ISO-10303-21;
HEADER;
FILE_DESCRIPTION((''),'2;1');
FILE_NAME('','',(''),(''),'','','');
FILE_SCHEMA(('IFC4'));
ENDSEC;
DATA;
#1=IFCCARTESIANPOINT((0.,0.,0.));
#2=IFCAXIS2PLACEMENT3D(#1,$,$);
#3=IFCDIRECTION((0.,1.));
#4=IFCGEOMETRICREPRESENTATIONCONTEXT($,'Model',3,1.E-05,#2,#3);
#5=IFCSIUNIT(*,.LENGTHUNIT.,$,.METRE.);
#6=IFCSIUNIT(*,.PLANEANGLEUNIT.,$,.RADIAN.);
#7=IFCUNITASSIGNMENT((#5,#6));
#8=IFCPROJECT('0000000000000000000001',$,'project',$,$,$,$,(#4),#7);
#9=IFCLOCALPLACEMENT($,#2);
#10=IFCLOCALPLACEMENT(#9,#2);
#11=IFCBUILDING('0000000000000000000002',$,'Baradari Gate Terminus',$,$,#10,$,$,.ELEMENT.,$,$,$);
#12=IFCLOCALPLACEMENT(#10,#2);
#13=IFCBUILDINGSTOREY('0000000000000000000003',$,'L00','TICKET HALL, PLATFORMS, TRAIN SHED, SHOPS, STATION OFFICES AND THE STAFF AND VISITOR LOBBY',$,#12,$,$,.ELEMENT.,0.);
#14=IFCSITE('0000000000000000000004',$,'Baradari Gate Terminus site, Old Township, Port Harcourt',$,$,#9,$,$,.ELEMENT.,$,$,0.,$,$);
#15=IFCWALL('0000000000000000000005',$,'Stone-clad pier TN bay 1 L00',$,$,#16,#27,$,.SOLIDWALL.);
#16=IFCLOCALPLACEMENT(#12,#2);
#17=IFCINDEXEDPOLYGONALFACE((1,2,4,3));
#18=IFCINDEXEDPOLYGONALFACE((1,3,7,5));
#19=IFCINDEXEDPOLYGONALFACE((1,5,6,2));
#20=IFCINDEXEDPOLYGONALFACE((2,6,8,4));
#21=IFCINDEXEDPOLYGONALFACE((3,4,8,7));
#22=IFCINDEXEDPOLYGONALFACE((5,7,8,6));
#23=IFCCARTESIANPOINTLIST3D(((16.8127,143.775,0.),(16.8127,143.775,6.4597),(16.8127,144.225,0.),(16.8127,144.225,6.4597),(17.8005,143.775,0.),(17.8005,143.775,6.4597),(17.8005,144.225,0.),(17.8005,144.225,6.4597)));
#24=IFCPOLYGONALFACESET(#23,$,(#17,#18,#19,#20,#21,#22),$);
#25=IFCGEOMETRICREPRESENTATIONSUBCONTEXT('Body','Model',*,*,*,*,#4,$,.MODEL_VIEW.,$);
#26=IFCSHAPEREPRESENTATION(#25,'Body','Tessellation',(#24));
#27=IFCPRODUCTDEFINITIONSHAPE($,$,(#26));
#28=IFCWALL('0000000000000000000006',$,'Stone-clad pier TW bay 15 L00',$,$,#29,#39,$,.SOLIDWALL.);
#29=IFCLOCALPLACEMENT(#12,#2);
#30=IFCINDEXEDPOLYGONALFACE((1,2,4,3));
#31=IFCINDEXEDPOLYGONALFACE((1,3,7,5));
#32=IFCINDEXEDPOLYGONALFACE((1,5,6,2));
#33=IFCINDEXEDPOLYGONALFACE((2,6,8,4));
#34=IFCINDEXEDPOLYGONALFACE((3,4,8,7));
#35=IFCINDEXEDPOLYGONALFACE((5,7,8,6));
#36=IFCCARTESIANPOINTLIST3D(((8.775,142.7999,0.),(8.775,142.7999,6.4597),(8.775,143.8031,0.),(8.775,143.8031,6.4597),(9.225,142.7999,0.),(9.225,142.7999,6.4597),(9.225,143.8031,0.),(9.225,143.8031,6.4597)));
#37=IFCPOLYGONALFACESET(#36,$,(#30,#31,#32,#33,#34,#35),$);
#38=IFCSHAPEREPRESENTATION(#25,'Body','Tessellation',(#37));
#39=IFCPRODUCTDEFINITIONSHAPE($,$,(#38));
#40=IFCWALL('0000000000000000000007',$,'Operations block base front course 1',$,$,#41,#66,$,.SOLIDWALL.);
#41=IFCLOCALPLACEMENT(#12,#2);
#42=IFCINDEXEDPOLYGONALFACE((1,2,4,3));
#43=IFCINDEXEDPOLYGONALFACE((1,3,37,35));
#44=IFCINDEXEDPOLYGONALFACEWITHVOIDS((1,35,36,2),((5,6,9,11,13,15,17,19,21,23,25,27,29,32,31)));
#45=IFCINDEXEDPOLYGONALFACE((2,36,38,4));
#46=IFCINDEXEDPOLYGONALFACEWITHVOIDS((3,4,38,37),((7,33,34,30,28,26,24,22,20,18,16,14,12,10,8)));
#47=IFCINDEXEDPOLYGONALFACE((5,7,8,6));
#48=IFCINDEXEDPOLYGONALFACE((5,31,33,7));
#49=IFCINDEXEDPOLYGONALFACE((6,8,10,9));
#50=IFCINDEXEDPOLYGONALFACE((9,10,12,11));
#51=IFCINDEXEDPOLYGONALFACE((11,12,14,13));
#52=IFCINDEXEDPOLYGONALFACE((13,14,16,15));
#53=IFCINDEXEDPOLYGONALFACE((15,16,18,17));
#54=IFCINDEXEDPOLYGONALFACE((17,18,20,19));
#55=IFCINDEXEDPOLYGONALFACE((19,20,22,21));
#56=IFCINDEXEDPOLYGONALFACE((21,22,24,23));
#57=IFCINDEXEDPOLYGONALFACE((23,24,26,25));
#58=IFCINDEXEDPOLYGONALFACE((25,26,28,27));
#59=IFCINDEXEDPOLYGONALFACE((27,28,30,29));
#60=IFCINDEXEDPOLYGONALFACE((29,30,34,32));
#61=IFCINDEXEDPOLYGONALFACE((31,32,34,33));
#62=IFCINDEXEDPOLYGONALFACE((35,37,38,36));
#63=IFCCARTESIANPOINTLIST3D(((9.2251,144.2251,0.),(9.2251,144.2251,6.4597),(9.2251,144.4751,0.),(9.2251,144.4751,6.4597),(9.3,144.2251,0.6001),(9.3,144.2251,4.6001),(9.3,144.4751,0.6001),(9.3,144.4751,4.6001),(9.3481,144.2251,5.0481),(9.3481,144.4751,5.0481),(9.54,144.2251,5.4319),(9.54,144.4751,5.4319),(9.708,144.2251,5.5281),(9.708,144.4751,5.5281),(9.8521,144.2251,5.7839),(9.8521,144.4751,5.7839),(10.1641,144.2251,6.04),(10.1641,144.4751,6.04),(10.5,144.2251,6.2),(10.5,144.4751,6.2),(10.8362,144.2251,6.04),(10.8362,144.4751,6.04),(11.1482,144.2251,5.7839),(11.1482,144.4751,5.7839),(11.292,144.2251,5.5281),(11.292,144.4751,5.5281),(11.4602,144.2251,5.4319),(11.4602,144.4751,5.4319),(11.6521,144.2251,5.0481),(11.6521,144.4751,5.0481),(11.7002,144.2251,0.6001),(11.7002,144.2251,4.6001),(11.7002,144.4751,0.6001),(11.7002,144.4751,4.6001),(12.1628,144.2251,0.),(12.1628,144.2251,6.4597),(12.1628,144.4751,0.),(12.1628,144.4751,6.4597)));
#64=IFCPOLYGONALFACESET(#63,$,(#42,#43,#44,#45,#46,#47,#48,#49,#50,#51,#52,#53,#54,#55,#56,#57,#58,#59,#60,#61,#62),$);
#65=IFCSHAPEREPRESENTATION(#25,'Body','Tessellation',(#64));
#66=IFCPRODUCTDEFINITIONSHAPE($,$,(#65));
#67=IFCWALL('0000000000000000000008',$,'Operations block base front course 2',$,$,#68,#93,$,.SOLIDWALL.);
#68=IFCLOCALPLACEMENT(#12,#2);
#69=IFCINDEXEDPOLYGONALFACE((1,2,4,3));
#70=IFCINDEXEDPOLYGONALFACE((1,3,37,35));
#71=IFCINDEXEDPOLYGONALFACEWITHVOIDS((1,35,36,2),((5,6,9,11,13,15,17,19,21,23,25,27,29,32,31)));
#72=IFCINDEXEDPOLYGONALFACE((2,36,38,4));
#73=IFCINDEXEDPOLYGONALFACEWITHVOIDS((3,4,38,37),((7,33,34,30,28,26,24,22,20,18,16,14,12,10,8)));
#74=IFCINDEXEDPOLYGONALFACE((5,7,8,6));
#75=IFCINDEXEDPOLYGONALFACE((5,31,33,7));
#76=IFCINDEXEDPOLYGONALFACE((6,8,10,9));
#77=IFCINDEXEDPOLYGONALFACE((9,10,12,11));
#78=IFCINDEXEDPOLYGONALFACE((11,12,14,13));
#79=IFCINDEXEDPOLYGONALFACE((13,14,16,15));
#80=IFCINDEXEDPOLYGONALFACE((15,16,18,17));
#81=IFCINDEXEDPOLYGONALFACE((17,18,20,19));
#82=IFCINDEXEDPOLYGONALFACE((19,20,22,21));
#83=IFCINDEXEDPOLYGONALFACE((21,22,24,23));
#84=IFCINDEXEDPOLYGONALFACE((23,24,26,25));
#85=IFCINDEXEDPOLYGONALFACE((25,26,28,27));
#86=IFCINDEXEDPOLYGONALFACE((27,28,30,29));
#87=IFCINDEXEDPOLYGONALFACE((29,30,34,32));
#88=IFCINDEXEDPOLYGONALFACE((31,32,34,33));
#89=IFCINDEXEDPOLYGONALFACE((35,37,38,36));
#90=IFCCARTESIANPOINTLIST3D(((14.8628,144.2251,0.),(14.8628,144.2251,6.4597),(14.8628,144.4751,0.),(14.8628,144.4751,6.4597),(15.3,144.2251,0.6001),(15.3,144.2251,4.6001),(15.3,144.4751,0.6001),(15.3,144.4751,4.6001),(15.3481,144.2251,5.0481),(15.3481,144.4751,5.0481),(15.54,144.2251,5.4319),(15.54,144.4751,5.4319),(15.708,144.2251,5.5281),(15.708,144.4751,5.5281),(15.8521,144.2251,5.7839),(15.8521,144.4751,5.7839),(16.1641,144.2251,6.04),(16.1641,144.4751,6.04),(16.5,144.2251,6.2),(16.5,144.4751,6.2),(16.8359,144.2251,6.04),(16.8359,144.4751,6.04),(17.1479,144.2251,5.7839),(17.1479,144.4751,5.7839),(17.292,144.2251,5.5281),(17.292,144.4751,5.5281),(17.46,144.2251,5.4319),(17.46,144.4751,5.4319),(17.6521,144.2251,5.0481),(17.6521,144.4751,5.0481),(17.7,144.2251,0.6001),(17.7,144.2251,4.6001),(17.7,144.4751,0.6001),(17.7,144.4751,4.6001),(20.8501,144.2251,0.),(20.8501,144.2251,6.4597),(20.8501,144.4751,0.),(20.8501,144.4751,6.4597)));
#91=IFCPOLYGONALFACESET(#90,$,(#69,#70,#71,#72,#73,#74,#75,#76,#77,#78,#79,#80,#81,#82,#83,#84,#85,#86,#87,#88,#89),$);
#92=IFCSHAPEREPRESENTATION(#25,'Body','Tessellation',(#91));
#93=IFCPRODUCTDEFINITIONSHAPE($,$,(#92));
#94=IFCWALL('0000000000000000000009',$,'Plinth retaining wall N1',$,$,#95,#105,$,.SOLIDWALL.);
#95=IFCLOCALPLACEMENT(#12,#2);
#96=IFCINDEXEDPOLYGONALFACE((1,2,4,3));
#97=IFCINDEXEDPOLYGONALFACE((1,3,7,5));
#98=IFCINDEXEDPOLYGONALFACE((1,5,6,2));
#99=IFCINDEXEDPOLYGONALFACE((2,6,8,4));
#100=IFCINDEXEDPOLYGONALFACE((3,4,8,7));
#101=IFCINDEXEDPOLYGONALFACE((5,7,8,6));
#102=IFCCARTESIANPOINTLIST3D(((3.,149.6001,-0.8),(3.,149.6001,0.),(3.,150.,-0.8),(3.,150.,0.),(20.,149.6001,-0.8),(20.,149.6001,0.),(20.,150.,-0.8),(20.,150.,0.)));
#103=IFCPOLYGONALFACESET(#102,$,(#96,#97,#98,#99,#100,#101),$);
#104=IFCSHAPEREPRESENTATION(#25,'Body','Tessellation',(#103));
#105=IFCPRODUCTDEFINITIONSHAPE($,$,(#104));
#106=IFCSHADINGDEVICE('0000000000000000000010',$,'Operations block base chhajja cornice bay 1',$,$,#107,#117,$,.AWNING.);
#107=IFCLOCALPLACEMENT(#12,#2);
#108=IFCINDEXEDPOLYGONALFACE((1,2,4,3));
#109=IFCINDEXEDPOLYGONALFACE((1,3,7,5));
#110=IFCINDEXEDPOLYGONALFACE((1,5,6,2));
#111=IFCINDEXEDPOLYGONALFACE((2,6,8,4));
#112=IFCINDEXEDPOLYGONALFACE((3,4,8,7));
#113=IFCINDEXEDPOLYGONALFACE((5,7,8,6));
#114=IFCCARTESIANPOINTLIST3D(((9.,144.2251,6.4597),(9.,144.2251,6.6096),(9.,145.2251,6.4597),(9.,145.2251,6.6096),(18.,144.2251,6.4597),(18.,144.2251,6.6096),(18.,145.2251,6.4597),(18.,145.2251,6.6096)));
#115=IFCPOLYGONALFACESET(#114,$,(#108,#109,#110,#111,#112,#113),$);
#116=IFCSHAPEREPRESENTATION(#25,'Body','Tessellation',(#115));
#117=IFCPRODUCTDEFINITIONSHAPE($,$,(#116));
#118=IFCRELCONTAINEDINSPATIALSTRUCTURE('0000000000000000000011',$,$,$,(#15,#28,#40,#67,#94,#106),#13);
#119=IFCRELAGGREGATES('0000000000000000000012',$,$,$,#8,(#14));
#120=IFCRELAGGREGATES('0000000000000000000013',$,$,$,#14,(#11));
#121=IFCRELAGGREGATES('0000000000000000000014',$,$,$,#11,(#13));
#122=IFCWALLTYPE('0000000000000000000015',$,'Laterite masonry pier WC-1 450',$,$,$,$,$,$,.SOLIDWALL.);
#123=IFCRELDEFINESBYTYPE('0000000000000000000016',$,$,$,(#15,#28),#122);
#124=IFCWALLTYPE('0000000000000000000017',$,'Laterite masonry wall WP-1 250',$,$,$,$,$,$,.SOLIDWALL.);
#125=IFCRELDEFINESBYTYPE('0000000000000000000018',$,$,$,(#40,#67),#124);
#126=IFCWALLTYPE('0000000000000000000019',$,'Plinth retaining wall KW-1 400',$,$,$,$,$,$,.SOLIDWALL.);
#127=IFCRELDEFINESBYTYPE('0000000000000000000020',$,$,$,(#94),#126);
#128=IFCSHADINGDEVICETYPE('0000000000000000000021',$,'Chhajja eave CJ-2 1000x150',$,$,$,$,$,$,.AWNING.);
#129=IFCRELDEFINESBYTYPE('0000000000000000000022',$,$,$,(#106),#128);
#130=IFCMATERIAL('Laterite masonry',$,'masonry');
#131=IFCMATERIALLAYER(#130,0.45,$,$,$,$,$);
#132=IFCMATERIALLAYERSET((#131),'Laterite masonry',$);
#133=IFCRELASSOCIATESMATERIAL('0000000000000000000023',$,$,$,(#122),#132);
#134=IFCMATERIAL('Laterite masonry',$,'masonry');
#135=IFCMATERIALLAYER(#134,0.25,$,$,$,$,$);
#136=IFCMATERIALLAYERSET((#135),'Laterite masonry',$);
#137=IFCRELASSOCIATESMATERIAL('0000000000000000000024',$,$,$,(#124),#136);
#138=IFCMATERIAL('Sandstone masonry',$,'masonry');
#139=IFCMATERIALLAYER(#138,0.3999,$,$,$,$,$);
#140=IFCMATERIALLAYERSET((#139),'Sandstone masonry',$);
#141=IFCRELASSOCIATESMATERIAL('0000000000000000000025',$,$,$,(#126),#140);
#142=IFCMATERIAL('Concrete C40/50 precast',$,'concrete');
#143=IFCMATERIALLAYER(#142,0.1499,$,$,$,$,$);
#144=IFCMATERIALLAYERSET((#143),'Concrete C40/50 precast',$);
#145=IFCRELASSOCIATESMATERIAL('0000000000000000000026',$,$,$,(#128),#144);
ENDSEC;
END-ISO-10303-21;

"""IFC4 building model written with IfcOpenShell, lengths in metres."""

from ifc_helpers import new_model, si_unit, direction, frame, frame_2d, origin, origin_2d, place, context, subcontext, project, spatial, polyline, rectangle, outline, extrude, material, layer, layer_set, type_object, element, save


model = new_model("IFC4")

# Units and contexts
model_context = context("Model", 3, precision=1e-05, world=origin(), true_north=direction((0.0, 1.0)))
body_context = subcontext(model_context, "Body", "Model", "MODEL_VIEW")
ifc_project = project(units=[si_unit("LENGTHUNIT", "METRE"), si_unit("PLANEANGLEUNIT", "RADIAN")], contexts=[model_context])

# Site, building, storey
site_placement = place(None, origin())
site = spatial("IfcSite", under=ifc_project, at=site_placement, Name="Baradari Gate Terminus site, Old Township, Port Harcourt", CompositionType="ELEMENT", RefElevation=0.0)
building_placement = place(site_placement, origin())
building = spatial("IfcBuilding", under=site, at=building_placement, Name="Baradari Gate Terminus", CompositionType="ELEMENT")
storey_placement = place(building_placement, origin())
storey = spatial("IfcBuildingStorey", under=building, at=storey_placement, Name="L00", Description="TICKET HALL, PLATFORMS, TRAIN SHED, SHOPS, STATION OFFICES AND THE STAFF AND VISITOR LOBBY", CompositionType="ELEMENT", Elevation=0.0)

# Walls
ifc_material_1 = material(Name="Laterite masonry", Category="masonry")
ifc_layer_1 = layer(ifc_material_1, 0.45)
ifc_layer_set_1 = layer_set([ifc_layer_1], Name="Laterite masonry")
wall_type_1 = type_object("IfcWallType", Name="Laterite masonry pier WC-1 450", PredefinedType="SOLIDWALL", material=ifc_layer_set_1)
wall_1_placement = place(storey_placement, frame((16.8127, 144.0, 0.0), z_axis=(0.0, 0.0, 1.0), x_axis=(1.0, 0.0, 0.0)))
element("IfcWall", 1, at=wall_1_placement, inside=storey, type_object=wall_type_1, Name="Stone-clad pier TN bay 1 L00", PredefinedType="SOLIDWALL", context=body_context, shape_type="SweptSolid", body=[
    extrude(rectangle(XDim=0.9878, YDim=0.45, at=frame_2d((0.4939, 0.0))), origin(), (0.0, 0.0, 1.0), 6.4597),
])
wall_2_placement = place(storey_placement, frame((9.0, 142.8, 0.0), z_axis=(0.0, 0.0, 1.0), x_axis=(0.0, 1.0, 0.0)))
element("IfcWall", 2, at=wall_2_placement, inside=storey, type_object=wall_type_1, Name="Stone-clad pier TW bay 15 L00", PredefinedType="SOLIDWALL", context=body_context, shape_type="SweptSolid", body=[
    extrude(rectangle(XDim=1.0032, YDim=0.45, at=frame_2d((0.5015, 0.0))), origin(), (0.0, 0.0, 1.0), 6.4597),
])
ifc_material_2 = material(Name="Laterite masonry", Category="masonry")
ifc_layer_2 = layer(ifc_material_2, 0.25)
ifc_layer_set_2 = layer_set([ifc_layer_2], Name="Laterite masonry")
wall_type_2 = type_object("IfcWallType", Name="Laterite masonry wall WP-1 250", PredefinedType="SOLIDWALL", material=ifc_layer_set_2)
wall_3_placement = place(storey_placement, frame((9.2251, 144.3501, 0.0), z_axis=(0.0, 0.0, 1.0), x_axis=(1.0, 0.0, 0.0)))
element("IfcWall", 3, at=wall_3_placement, inside=storey, type_object=wall_type_2, Name="Operations block base front course 1", PredefinedType="SOLIDWALL", context=body_context, shape_type="SweptSolid", body=[
    extrude(outline(polyline([(2.9377, 0.0), (2.9377, 6.4597), (0.0, 6.4597), (0.0, 0.0), (2.9377, 0.0)]), holes=[polyline([(0.3149, 5.4319), (0.4829, 5.5281), (0.627, 5.7839), (0.939, 6.04), (1.2749, 6.2), (1.6111, 6.04), (1.9231, 5.7839), (2.0669, 5.5281), (2.2351, 5.4319), (2.427, 5.0481), (2.4751, 4.6001), (2.4751, 0.6001), (0.075, 0.6001), (0.075, 4.6001), (0.123, 5.0481), (0.3149, 5.4319)])]), frame((0.0, 0.125, 0.0), z_axis=(0.0, -1.0, 0.0), x_axis=(1.0, 0.0, 0.0)), (0.0, 0.0, 1.0), 0.25),
])
wall_4_placement = place(storey_placement, frame((14.8628, 144.3501, 0.0), z_axis=(0.0, 0.0, 1.0), x_axis=(1.0, 0.0, 0.0)))
element("IfcWall", 4, at=wall_4_placement, inside=storey, type_object=wall_type_2, Name="Operations block base front course 2", PredefinedType="SOLIDWALL", context=body_context, shape_type="SweptSolid", body=[
    extrude(outline(polyline([(5.9873, 0.0), (5.9873, 6.4597), (0.0, 6.4597), (0.0, 0.0), (5.9873, 0.0)]), holes=[polyline([(0.8452, 5.5281), (0.9893, 5.7839), (1.3013, 6.04), (1.6372, 6.2), (1.9731, 6.04), (2.2852, 5.7839), (2.4292, 5.5281), (2.5972, 5.4319), (2.7893, 5.0481), (2.8372, 4.6001), (2.8372, 0.6001), (0.4373, 0.6001), (0.4373, 4.6001), (0.4854, 5.0481), (0.6772, 5.4319), (0.8452, 5.5281)])]), frame((0.0, 0.125, 0.0), z_axis=(0.0, -1.0, 0.0), x_axis=(1.0, 0.0, 0.0)), (0.0, 0.0, 1.0), 0.25),
])
ifc_material_3 = material(Name="Sandstone masonry", Category="masonry")
ifc_layer_3 = layer(ifc_material_3, 0.3999)
ifc_layer_set_3 = layer_set([ifc_layer_3], Name="Sandstone masonry")
wall_type_3 = type_object("IfcWallType", Name="Plinth retaining wall KW-1 400", PredefinedType="SOLIDWALL", material=ifc_layer_set_3)
wall_5_placement = place(storey_placement, frame((3.0, 149.8, -0.8), z_axis=(0.0, 0.0, 1.0), x_axis=(1.0, 0.0, 0.0)))
element("IfcWall", 5, at=wall_5_placement, inside=storey, type_object=wall_type_3, Name="Plinth retaining wall N1", PredefinedType="SOLIDWALL", context=body_context, shape_type="SweptSolid", body=[
    extrude(rectangle(XDim=17.0, YDim=0.3999, at=frame_2d((8.5, 0.0))), origin(), (0.0, 0.0, 1.0), 0.8),
])

# Shading device
ifc_material_4 = material(Name="Concrete C40/50 precast", Category="concrete")
ifc_layer_4 = layer(ifc_material_4, 0.1499)
ifc_layer_set_4 = layer_set([ifc_layer_4], Name="Concrete C40/50 precast")
shading_device_type = type_object("IfcShadingDeviceType", Name="Chhajja eave CJ-2 1000x150", PredefinedType="AWNING", material=ifc_layer_set_4)
shading_device_placement = place(storey_placement, frame((13.5, 144.7251, 6.4597), z_axis=(0.0, 0.0, 1.0), x_axis=(1.0, 0.0, 0.0)))
element("IfcShadingDevice", 6, at=shading_device_placement, inside=storey, type_object=shading_device_type, Name="Operations block base chhajja cornice bay 1", PredefinedType="AWNING", context=body_context, shape_type="SweptSolid", body=[
    extrude(rectangle(XDim=9.0, YDim=1.0, at=origin_2d()), origin(), (0.0, 0.0, 1.0), 0.1499),
])

save(model, "model.ifc")
